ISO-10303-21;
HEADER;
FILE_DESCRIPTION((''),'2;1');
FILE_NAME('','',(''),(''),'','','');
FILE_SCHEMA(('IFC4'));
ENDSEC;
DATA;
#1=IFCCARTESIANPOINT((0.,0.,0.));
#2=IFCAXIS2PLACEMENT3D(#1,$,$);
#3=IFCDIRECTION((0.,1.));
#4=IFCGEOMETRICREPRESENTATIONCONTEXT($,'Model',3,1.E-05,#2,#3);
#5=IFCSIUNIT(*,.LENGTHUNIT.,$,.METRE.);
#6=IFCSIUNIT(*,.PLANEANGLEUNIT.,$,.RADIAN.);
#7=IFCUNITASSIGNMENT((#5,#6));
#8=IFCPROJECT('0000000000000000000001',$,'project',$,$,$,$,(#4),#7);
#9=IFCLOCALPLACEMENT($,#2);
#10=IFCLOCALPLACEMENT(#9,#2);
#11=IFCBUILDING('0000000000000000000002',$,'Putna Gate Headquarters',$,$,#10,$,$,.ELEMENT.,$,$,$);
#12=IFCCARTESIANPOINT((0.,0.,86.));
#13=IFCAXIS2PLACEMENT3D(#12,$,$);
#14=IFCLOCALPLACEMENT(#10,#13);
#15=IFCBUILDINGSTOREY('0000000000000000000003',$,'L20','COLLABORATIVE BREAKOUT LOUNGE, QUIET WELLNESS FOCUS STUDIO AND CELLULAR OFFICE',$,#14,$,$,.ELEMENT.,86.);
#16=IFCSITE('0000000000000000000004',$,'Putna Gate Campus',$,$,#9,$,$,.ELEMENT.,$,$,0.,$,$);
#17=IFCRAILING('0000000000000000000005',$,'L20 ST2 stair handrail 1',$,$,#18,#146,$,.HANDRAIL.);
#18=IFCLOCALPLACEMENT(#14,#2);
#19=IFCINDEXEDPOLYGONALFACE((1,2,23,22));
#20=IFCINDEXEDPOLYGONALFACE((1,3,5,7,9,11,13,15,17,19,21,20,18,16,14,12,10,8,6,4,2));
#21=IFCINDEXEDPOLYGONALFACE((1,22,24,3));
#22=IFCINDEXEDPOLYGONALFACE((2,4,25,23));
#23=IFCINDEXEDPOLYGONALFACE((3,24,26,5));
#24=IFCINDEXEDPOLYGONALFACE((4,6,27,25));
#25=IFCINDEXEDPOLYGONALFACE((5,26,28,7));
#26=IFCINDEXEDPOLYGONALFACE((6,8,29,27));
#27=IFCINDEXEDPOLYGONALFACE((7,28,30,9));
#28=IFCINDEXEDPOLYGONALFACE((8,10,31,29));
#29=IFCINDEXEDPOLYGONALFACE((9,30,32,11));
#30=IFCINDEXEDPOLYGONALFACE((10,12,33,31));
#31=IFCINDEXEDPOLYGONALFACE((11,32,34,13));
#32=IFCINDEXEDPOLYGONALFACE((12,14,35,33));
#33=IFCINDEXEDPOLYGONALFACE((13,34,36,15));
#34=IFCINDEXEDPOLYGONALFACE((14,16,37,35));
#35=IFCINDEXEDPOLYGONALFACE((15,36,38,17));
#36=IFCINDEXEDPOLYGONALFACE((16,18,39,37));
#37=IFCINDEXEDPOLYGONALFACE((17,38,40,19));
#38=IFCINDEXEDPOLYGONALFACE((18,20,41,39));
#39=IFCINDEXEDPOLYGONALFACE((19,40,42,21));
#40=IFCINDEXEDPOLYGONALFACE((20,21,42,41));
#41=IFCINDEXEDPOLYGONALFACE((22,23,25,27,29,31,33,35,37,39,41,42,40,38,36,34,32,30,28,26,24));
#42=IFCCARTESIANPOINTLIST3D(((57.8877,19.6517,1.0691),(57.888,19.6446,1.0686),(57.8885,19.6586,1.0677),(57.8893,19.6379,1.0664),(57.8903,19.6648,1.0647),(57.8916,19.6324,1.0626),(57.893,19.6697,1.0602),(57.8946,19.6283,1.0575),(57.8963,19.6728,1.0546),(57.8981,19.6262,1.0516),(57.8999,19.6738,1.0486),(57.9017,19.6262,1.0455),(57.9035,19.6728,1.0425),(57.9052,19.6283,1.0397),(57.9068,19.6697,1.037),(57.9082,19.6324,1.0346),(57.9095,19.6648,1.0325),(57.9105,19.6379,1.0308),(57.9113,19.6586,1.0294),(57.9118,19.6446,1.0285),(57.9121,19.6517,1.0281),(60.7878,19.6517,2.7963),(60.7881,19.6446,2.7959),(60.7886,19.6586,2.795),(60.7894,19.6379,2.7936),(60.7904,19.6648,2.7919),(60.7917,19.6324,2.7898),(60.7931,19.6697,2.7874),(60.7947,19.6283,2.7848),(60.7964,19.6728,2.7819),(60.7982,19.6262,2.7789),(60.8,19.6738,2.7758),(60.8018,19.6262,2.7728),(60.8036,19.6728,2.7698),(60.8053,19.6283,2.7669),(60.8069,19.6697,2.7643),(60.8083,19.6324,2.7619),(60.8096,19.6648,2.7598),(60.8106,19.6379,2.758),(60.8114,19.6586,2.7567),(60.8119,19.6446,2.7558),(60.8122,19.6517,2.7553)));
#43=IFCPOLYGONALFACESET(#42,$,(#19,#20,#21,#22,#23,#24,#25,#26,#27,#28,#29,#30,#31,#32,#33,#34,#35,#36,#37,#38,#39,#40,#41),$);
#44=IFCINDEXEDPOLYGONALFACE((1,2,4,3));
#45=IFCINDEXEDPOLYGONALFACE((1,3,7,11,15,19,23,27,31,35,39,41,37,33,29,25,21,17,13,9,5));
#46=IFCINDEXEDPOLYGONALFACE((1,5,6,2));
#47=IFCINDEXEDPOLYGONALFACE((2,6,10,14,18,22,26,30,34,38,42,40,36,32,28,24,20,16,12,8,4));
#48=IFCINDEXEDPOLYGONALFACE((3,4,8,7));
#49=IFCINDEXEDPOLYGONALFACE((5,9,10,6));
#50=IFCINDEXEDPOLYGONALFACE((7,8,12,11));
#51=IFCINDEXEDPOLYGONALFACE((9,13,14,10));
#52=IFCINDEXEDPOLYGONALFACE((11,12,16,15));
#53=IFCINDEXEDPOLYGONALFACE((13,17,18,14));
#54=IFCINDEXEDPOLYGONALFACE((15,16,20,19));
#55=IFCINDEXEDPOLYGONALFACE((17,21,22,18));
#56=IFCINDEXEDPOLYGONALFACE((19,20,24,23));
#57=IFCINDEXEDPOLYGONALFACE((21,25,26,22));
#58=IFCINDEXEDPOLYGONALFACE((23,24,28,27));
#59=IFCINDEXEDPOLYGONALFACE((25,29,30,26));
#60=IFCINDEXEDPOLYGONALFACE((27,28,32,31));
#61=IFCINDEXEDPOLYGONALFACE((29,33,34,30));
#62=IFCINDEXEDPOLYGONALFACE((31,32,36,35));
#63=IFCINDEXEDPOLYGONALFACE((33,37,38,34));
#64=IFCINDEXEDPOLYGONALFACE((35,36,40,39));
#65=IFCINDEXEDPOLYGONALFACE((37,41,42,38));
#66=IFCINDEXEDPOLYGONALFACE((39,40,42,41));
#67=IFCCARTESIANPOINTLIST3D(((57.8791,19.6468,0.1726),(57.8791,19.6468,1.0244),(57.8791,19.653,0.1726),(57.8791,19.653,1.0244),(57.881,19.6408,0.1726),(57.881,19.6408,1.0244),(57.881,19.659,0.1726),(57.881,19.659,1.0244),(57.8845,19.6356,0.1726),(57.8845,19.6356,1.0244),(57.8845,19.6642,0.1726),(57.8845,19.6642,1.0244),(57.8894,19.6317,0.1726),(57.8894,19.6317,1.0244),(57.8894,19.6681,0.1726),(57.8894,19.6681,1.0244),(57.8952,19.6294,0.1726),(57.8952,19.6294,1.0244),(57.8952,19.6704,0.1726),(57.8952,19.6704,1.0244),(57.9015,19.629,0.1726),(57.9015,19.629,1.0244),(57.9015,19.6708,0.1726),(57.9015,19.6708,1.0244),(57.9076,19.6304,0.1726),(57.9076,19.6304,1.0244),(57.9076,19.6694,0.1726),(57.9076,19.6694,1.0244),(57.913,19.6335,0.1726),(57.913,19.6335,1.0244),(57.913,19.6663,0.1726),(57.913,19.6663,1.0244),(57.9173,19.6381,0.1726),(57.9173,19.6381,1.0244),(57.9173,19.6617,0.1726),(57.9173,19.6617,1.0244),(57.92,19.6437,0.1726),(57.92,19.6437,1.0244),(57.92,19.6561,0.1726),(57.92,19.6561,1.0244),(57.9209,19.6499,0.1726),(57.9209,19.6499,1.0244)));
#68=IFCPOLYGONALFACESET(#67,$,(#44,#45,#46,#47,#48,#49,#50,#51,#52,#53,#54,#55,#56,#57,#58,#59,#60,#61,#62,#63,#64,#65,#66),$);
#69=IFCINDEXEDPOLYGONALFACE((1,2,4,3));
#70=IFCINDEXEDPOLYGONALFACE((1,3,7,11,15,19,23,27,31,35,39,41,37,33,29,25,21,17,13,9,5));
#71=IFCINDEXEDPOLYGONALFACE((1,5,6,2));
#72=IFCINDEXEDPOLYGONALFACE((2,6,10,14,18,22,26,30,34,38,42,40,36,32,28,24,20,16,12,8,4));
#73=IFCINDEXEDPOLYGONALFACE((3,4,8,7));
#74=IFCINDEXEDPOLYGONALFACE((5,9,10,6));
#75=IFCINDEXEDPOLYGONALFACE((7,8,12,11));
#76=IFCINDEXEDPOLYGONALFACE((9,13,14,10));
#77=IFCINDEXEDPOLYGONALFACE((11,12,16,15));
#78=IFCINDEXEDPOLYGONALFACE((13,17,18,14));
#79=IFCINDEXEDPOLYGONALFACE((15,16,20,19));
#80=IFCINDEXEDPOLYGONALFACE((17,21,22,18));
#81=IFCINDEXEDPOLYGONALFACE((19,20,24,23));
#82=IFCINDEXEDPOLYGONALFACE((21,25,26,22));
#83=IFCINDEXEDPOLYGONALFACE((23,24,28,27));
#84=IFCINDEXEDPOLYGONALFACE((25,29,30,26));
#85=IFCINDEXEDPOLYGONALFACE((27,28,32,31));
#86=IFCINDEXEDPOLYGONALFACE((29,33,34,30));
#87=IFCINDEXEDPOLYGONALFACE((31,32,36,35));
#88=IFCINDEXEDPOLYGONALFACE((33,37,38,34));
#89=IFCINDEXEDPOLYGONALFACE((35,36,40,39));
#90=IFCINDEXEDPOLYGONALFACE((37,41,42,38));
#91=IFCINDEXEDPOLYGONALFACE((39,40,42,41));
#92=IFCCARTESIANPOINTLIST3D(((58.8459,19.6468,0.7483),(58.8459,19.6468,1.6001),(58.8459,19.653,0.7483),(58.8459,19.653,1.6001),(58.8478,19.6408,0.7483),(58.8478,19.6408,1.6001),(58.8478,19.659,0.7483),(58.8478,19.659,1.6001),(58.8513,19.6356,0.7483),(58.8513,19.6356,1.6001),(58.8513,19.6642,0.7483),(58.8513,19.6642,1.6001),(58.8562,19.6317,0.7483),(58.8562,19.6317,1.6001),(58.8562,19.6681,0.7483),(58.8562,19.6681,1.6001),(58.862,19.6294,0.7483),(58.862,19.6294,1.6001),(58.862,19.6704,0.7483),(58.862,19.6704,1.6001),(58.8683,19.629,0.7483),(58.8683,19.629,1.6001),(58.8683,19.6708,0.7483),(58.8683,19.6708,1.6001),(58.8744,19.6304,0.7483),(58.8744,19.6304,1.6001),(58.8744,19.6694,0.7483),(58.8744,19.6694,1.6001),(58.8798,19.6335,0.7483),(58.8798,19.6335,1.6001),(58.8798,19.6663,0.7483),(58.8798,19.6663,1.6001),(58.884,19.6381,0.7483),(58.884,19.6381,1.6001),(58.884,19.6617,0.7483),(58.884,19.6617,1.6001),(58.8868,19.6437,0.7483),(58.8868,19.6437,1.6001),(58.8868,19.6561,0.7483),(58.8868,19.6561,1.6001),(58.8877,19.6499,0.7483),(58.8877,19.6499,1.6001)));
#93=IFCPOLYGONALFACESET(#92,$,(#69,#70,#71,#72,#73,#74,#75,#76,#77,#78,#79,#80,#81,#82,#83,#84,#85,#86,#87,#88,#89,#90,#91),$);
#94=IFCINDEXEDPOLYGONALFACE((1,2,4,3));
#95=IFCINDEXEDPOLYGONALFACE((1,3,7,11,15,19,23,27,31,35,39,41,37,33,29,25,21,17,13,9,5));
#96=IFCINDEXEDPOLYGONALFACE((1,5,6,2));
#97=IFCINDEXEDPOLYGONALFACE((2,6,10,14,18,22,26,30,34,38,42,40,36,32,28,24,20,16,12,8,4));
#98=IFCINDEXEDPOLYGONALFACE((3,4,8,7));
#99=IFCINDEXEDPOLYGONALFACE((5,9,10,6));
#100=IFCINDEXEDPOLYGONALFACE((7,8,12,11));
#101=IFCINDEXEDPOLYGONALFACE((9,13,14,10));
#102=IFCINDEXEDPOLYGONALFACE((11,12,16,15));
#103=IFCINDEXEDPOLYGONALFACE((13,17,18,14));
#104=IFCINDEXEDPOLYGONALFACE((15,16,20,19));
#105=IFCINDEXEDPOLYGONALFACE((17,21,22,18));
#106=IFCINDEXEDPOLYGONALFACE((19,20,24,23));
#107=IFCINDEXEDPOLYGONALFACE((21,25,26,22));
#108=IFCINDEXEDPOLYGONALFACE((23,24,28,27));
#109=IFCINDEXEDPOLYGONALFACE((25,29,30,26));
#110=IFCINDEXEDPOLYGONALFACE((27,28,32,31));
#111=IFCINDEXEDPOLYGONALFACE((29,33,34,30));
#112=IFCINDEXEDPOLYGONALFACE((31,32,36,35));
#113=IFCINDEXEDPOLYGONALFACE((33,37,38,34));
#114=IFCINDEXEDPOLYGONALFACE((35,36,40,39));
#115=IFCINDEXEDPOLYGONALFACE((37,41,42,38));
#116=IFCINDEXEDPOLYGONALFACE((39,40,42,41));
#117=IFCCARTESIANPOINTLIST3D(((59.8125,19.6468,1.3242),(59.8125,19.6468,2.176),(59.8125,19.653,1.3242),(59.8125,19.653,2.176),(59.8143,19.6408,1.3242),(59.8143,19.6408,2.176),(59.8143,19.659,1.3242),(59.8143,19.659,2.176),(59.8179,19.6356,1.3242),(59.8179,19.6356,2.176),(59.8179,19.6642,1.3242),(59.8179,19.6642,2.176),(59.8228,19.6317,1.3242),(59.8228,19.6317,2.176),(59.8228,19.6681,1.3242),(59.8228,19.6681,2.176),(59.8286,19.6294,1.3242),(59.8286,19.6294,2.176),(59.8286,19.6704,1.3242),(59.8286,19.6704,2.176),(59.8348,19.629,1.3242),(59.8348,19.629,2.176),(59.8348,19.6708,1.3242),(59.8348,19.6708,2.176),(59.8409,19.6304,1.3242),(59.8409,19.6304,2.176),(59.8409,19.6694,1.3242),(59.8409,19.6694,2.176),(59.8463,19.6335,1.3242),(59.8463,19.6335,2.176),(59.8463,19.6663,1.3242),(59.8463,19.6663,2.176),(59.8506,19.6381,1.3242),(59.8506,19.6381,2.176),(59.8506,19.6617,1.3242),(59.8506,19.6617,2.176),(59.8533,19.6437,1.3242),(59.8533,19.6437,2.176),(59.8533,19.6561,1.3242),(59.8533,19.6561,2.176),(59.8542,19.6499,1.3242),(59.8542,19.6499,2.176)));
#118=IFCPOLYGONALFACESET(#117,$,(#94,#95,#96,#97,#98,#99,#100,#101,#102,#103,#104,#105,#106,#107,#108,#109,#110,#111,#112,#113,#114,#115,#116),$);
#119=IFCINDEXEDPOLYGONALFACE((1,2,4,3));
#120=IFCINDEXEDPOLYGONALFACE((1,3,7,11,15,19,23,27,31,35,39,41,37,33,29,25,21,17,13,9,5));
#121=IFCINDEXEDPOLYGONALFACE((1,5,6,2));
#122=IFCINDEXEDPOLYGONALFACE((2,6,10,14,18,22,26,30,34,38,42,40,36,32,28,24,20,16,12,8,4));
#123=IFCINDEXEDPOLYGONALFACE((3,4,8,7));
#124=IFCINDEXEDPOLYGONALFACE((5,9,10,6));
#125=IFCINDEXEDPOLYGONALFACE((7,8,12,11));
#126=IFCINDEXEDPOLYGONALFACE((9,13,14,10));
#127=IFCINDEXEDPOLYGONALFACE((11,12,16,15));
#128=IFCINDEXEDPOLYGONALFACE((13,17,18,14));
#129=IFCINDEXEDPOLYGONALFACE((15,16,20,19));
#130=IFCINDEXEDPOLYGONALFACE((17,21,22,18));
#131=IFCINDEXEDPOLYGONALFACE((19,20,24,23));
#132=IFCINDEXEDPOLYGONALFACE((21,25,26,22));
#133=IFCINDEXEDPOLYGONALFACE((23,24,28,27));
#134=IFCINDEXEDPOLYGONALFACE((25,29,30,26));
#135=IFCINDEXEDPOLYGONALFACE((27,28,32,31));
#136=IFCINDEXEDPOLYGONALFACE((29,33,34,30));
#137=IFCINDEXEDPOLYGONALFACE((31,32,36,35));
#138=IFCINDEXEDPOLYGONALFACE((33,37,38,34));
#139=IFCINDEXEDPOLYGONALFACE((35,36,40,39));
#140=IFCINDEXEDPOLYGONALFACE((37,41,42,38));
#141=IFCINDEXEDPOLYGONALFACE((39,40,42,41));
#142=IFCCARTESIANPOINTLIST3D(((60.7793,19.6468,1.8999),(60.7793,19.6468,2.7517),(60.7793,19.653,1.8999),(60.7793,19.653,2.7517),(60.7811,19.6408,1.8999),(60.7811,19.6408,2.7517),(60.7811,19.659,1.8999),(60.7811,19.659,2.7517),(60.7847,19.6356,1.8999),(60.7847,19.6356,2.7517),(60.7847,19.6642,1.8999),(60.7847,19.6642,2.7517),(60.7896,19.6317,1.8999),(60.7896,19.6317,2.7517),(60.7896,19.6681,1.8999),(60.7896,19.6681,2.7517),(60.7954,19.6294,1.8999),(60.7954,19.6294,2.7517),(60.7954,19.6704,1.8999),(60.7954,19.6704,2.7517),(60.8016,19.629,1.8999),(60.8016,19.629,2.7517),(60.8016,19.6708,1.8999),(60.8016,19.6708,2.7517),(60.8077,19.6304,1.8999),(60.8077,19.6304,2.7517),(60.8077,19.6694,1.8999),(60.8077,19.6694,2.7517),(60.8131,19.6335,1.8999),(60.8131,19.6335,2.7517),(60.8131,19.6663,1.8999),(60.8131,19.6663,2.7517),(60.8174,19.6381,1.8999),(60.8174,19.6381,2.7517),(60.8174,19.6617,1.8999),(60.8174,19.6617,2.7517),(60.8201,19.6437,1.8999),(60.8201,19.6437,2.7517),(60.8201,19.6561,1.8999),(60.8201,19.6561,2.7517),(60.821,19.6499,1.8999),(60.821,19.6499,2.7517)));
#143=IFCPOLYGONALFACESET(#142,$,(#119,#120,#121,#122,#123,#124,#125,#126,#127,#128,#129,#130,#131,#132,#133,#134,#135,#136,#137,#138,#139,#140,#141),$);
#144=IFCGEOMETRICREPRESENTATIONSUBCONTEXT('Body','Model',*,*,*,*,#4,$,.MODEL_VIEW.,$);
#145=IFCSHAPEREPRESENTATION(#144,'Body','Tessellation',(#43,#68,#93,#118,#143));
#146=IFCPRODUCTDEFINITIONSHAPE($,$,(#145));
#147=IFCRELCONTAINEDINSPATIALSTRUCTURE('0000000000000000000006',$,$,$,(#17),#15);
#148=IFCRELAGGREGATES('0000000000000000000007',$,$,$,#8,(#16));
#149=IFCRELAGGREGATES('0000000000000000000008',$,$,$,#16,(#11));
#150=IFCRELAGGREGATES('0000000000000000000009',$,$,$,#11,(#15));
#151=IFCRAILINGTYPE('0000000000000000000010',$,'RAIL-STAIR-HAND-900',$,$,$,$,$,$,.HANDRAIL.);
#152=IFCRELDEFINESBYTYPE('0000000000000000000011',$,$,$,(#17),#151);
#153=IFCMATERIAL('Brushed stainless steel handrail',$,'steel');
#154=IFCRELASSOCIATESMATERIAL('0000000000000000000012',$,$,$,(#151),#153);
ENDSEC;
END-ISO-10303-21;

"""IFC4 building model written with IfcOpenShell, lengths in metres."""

from ifc_helpers import new_model, si_unit, direction, frame, origin, origin_2d, place, context, subcontext, project, spatial, circle, extrude, material, type_object, element, save


model = new_model("IFC4")

# Units and contexts
model_context = context("Model", 3, precision=1e-05, world=origin(), true_north=direction((0.0, 1.0)))
body_context = subcontext(model_context, "Body", "Model", "MODEL_VIEW")
ifc_project = project(units=[si_unit("LENGTHUNIT", "METRE"), si_unit("PLANEANGLEUNIT", "RADIAN")], contexts=[model_context])

# Site, building, storey
site_placement = place(None, origin())
site = spatial("IfcSite", under=ifc_project, at=site_placement, Name="Putna Gate Campus", CompositionType="ELEMENT", RefElevation=0.0)
building_placement = place(site_placement, origin())
building = spatial("IfcBuilding", under=site, at=building_placement, Name="Putna Gate Headquarters", CompositionType="ELEMENT")
storey_placement = place(building_placement, frame((0.0, 0.0, 86.0)))
storey = spatial("IfcBuildingStorey", under=building, at=storey_placement, Name="L20", Description="COLLABORATIVE BREAKOUT LOUNGE, QUIET WELLNESS FOCUS STUDIO AND CELLULAR OFFICE", CompositionType="ELEMENT", Elevation=86.0)

# Railing
ifc_material_1 = material(Name="Brushed stainless steel handrail", Category="steel")
railing_type_1 = type_object("IfcRailingType", Name="RAIL-STAIR-HAND-900", PredefinedType="HANDRAIL", material=ifc_material_1)
railing_1_placement = place(storey_placement, frame((57.8999, 19.6499, 0.1726)))
element("IfcRailing", 1, at=railing_1_placement, inside=storey, type_object=railing_type_1, Name="L20 ST2 stair handrail 1", PredefinedType="HANDRAIL", context=body_context, shape_type="SweptSolid", body=[
    extrude(circle(Radius=0.0239, at=origin_2d()), frame((0.0, 0.0, 0.876), z_axis=(0.85916, 0.0, 0.511706), x_axis=(0.0, 1.0, 0.0)), (0.0, 0.0, 1.0), 3.3755),
    extrude(circle(Radius=0.021, at=origin_2d()), origin(), (0.0, 0.0, 1.0), 0.8518),
    extrude(circle(Radius=0.021, at=origin_2d()), frame((0.9668, 0.0, 0.5757)), (0.0, 0.0, 1.0), 0.8518),
    extrude(circle(Radius=0.021, at=origin_2d()), frame((1.9333, 0.0, 1.1516)), (0.0, 0.0, 1.0), 0.8518),
    extrude(circle(Radius=0.021, at=origin_2d()), frame((2.9001, 0.0, 1.7273)), (0.0, 0.0, 1.0), 0.8518),
])

save(model, "model.ifc")
